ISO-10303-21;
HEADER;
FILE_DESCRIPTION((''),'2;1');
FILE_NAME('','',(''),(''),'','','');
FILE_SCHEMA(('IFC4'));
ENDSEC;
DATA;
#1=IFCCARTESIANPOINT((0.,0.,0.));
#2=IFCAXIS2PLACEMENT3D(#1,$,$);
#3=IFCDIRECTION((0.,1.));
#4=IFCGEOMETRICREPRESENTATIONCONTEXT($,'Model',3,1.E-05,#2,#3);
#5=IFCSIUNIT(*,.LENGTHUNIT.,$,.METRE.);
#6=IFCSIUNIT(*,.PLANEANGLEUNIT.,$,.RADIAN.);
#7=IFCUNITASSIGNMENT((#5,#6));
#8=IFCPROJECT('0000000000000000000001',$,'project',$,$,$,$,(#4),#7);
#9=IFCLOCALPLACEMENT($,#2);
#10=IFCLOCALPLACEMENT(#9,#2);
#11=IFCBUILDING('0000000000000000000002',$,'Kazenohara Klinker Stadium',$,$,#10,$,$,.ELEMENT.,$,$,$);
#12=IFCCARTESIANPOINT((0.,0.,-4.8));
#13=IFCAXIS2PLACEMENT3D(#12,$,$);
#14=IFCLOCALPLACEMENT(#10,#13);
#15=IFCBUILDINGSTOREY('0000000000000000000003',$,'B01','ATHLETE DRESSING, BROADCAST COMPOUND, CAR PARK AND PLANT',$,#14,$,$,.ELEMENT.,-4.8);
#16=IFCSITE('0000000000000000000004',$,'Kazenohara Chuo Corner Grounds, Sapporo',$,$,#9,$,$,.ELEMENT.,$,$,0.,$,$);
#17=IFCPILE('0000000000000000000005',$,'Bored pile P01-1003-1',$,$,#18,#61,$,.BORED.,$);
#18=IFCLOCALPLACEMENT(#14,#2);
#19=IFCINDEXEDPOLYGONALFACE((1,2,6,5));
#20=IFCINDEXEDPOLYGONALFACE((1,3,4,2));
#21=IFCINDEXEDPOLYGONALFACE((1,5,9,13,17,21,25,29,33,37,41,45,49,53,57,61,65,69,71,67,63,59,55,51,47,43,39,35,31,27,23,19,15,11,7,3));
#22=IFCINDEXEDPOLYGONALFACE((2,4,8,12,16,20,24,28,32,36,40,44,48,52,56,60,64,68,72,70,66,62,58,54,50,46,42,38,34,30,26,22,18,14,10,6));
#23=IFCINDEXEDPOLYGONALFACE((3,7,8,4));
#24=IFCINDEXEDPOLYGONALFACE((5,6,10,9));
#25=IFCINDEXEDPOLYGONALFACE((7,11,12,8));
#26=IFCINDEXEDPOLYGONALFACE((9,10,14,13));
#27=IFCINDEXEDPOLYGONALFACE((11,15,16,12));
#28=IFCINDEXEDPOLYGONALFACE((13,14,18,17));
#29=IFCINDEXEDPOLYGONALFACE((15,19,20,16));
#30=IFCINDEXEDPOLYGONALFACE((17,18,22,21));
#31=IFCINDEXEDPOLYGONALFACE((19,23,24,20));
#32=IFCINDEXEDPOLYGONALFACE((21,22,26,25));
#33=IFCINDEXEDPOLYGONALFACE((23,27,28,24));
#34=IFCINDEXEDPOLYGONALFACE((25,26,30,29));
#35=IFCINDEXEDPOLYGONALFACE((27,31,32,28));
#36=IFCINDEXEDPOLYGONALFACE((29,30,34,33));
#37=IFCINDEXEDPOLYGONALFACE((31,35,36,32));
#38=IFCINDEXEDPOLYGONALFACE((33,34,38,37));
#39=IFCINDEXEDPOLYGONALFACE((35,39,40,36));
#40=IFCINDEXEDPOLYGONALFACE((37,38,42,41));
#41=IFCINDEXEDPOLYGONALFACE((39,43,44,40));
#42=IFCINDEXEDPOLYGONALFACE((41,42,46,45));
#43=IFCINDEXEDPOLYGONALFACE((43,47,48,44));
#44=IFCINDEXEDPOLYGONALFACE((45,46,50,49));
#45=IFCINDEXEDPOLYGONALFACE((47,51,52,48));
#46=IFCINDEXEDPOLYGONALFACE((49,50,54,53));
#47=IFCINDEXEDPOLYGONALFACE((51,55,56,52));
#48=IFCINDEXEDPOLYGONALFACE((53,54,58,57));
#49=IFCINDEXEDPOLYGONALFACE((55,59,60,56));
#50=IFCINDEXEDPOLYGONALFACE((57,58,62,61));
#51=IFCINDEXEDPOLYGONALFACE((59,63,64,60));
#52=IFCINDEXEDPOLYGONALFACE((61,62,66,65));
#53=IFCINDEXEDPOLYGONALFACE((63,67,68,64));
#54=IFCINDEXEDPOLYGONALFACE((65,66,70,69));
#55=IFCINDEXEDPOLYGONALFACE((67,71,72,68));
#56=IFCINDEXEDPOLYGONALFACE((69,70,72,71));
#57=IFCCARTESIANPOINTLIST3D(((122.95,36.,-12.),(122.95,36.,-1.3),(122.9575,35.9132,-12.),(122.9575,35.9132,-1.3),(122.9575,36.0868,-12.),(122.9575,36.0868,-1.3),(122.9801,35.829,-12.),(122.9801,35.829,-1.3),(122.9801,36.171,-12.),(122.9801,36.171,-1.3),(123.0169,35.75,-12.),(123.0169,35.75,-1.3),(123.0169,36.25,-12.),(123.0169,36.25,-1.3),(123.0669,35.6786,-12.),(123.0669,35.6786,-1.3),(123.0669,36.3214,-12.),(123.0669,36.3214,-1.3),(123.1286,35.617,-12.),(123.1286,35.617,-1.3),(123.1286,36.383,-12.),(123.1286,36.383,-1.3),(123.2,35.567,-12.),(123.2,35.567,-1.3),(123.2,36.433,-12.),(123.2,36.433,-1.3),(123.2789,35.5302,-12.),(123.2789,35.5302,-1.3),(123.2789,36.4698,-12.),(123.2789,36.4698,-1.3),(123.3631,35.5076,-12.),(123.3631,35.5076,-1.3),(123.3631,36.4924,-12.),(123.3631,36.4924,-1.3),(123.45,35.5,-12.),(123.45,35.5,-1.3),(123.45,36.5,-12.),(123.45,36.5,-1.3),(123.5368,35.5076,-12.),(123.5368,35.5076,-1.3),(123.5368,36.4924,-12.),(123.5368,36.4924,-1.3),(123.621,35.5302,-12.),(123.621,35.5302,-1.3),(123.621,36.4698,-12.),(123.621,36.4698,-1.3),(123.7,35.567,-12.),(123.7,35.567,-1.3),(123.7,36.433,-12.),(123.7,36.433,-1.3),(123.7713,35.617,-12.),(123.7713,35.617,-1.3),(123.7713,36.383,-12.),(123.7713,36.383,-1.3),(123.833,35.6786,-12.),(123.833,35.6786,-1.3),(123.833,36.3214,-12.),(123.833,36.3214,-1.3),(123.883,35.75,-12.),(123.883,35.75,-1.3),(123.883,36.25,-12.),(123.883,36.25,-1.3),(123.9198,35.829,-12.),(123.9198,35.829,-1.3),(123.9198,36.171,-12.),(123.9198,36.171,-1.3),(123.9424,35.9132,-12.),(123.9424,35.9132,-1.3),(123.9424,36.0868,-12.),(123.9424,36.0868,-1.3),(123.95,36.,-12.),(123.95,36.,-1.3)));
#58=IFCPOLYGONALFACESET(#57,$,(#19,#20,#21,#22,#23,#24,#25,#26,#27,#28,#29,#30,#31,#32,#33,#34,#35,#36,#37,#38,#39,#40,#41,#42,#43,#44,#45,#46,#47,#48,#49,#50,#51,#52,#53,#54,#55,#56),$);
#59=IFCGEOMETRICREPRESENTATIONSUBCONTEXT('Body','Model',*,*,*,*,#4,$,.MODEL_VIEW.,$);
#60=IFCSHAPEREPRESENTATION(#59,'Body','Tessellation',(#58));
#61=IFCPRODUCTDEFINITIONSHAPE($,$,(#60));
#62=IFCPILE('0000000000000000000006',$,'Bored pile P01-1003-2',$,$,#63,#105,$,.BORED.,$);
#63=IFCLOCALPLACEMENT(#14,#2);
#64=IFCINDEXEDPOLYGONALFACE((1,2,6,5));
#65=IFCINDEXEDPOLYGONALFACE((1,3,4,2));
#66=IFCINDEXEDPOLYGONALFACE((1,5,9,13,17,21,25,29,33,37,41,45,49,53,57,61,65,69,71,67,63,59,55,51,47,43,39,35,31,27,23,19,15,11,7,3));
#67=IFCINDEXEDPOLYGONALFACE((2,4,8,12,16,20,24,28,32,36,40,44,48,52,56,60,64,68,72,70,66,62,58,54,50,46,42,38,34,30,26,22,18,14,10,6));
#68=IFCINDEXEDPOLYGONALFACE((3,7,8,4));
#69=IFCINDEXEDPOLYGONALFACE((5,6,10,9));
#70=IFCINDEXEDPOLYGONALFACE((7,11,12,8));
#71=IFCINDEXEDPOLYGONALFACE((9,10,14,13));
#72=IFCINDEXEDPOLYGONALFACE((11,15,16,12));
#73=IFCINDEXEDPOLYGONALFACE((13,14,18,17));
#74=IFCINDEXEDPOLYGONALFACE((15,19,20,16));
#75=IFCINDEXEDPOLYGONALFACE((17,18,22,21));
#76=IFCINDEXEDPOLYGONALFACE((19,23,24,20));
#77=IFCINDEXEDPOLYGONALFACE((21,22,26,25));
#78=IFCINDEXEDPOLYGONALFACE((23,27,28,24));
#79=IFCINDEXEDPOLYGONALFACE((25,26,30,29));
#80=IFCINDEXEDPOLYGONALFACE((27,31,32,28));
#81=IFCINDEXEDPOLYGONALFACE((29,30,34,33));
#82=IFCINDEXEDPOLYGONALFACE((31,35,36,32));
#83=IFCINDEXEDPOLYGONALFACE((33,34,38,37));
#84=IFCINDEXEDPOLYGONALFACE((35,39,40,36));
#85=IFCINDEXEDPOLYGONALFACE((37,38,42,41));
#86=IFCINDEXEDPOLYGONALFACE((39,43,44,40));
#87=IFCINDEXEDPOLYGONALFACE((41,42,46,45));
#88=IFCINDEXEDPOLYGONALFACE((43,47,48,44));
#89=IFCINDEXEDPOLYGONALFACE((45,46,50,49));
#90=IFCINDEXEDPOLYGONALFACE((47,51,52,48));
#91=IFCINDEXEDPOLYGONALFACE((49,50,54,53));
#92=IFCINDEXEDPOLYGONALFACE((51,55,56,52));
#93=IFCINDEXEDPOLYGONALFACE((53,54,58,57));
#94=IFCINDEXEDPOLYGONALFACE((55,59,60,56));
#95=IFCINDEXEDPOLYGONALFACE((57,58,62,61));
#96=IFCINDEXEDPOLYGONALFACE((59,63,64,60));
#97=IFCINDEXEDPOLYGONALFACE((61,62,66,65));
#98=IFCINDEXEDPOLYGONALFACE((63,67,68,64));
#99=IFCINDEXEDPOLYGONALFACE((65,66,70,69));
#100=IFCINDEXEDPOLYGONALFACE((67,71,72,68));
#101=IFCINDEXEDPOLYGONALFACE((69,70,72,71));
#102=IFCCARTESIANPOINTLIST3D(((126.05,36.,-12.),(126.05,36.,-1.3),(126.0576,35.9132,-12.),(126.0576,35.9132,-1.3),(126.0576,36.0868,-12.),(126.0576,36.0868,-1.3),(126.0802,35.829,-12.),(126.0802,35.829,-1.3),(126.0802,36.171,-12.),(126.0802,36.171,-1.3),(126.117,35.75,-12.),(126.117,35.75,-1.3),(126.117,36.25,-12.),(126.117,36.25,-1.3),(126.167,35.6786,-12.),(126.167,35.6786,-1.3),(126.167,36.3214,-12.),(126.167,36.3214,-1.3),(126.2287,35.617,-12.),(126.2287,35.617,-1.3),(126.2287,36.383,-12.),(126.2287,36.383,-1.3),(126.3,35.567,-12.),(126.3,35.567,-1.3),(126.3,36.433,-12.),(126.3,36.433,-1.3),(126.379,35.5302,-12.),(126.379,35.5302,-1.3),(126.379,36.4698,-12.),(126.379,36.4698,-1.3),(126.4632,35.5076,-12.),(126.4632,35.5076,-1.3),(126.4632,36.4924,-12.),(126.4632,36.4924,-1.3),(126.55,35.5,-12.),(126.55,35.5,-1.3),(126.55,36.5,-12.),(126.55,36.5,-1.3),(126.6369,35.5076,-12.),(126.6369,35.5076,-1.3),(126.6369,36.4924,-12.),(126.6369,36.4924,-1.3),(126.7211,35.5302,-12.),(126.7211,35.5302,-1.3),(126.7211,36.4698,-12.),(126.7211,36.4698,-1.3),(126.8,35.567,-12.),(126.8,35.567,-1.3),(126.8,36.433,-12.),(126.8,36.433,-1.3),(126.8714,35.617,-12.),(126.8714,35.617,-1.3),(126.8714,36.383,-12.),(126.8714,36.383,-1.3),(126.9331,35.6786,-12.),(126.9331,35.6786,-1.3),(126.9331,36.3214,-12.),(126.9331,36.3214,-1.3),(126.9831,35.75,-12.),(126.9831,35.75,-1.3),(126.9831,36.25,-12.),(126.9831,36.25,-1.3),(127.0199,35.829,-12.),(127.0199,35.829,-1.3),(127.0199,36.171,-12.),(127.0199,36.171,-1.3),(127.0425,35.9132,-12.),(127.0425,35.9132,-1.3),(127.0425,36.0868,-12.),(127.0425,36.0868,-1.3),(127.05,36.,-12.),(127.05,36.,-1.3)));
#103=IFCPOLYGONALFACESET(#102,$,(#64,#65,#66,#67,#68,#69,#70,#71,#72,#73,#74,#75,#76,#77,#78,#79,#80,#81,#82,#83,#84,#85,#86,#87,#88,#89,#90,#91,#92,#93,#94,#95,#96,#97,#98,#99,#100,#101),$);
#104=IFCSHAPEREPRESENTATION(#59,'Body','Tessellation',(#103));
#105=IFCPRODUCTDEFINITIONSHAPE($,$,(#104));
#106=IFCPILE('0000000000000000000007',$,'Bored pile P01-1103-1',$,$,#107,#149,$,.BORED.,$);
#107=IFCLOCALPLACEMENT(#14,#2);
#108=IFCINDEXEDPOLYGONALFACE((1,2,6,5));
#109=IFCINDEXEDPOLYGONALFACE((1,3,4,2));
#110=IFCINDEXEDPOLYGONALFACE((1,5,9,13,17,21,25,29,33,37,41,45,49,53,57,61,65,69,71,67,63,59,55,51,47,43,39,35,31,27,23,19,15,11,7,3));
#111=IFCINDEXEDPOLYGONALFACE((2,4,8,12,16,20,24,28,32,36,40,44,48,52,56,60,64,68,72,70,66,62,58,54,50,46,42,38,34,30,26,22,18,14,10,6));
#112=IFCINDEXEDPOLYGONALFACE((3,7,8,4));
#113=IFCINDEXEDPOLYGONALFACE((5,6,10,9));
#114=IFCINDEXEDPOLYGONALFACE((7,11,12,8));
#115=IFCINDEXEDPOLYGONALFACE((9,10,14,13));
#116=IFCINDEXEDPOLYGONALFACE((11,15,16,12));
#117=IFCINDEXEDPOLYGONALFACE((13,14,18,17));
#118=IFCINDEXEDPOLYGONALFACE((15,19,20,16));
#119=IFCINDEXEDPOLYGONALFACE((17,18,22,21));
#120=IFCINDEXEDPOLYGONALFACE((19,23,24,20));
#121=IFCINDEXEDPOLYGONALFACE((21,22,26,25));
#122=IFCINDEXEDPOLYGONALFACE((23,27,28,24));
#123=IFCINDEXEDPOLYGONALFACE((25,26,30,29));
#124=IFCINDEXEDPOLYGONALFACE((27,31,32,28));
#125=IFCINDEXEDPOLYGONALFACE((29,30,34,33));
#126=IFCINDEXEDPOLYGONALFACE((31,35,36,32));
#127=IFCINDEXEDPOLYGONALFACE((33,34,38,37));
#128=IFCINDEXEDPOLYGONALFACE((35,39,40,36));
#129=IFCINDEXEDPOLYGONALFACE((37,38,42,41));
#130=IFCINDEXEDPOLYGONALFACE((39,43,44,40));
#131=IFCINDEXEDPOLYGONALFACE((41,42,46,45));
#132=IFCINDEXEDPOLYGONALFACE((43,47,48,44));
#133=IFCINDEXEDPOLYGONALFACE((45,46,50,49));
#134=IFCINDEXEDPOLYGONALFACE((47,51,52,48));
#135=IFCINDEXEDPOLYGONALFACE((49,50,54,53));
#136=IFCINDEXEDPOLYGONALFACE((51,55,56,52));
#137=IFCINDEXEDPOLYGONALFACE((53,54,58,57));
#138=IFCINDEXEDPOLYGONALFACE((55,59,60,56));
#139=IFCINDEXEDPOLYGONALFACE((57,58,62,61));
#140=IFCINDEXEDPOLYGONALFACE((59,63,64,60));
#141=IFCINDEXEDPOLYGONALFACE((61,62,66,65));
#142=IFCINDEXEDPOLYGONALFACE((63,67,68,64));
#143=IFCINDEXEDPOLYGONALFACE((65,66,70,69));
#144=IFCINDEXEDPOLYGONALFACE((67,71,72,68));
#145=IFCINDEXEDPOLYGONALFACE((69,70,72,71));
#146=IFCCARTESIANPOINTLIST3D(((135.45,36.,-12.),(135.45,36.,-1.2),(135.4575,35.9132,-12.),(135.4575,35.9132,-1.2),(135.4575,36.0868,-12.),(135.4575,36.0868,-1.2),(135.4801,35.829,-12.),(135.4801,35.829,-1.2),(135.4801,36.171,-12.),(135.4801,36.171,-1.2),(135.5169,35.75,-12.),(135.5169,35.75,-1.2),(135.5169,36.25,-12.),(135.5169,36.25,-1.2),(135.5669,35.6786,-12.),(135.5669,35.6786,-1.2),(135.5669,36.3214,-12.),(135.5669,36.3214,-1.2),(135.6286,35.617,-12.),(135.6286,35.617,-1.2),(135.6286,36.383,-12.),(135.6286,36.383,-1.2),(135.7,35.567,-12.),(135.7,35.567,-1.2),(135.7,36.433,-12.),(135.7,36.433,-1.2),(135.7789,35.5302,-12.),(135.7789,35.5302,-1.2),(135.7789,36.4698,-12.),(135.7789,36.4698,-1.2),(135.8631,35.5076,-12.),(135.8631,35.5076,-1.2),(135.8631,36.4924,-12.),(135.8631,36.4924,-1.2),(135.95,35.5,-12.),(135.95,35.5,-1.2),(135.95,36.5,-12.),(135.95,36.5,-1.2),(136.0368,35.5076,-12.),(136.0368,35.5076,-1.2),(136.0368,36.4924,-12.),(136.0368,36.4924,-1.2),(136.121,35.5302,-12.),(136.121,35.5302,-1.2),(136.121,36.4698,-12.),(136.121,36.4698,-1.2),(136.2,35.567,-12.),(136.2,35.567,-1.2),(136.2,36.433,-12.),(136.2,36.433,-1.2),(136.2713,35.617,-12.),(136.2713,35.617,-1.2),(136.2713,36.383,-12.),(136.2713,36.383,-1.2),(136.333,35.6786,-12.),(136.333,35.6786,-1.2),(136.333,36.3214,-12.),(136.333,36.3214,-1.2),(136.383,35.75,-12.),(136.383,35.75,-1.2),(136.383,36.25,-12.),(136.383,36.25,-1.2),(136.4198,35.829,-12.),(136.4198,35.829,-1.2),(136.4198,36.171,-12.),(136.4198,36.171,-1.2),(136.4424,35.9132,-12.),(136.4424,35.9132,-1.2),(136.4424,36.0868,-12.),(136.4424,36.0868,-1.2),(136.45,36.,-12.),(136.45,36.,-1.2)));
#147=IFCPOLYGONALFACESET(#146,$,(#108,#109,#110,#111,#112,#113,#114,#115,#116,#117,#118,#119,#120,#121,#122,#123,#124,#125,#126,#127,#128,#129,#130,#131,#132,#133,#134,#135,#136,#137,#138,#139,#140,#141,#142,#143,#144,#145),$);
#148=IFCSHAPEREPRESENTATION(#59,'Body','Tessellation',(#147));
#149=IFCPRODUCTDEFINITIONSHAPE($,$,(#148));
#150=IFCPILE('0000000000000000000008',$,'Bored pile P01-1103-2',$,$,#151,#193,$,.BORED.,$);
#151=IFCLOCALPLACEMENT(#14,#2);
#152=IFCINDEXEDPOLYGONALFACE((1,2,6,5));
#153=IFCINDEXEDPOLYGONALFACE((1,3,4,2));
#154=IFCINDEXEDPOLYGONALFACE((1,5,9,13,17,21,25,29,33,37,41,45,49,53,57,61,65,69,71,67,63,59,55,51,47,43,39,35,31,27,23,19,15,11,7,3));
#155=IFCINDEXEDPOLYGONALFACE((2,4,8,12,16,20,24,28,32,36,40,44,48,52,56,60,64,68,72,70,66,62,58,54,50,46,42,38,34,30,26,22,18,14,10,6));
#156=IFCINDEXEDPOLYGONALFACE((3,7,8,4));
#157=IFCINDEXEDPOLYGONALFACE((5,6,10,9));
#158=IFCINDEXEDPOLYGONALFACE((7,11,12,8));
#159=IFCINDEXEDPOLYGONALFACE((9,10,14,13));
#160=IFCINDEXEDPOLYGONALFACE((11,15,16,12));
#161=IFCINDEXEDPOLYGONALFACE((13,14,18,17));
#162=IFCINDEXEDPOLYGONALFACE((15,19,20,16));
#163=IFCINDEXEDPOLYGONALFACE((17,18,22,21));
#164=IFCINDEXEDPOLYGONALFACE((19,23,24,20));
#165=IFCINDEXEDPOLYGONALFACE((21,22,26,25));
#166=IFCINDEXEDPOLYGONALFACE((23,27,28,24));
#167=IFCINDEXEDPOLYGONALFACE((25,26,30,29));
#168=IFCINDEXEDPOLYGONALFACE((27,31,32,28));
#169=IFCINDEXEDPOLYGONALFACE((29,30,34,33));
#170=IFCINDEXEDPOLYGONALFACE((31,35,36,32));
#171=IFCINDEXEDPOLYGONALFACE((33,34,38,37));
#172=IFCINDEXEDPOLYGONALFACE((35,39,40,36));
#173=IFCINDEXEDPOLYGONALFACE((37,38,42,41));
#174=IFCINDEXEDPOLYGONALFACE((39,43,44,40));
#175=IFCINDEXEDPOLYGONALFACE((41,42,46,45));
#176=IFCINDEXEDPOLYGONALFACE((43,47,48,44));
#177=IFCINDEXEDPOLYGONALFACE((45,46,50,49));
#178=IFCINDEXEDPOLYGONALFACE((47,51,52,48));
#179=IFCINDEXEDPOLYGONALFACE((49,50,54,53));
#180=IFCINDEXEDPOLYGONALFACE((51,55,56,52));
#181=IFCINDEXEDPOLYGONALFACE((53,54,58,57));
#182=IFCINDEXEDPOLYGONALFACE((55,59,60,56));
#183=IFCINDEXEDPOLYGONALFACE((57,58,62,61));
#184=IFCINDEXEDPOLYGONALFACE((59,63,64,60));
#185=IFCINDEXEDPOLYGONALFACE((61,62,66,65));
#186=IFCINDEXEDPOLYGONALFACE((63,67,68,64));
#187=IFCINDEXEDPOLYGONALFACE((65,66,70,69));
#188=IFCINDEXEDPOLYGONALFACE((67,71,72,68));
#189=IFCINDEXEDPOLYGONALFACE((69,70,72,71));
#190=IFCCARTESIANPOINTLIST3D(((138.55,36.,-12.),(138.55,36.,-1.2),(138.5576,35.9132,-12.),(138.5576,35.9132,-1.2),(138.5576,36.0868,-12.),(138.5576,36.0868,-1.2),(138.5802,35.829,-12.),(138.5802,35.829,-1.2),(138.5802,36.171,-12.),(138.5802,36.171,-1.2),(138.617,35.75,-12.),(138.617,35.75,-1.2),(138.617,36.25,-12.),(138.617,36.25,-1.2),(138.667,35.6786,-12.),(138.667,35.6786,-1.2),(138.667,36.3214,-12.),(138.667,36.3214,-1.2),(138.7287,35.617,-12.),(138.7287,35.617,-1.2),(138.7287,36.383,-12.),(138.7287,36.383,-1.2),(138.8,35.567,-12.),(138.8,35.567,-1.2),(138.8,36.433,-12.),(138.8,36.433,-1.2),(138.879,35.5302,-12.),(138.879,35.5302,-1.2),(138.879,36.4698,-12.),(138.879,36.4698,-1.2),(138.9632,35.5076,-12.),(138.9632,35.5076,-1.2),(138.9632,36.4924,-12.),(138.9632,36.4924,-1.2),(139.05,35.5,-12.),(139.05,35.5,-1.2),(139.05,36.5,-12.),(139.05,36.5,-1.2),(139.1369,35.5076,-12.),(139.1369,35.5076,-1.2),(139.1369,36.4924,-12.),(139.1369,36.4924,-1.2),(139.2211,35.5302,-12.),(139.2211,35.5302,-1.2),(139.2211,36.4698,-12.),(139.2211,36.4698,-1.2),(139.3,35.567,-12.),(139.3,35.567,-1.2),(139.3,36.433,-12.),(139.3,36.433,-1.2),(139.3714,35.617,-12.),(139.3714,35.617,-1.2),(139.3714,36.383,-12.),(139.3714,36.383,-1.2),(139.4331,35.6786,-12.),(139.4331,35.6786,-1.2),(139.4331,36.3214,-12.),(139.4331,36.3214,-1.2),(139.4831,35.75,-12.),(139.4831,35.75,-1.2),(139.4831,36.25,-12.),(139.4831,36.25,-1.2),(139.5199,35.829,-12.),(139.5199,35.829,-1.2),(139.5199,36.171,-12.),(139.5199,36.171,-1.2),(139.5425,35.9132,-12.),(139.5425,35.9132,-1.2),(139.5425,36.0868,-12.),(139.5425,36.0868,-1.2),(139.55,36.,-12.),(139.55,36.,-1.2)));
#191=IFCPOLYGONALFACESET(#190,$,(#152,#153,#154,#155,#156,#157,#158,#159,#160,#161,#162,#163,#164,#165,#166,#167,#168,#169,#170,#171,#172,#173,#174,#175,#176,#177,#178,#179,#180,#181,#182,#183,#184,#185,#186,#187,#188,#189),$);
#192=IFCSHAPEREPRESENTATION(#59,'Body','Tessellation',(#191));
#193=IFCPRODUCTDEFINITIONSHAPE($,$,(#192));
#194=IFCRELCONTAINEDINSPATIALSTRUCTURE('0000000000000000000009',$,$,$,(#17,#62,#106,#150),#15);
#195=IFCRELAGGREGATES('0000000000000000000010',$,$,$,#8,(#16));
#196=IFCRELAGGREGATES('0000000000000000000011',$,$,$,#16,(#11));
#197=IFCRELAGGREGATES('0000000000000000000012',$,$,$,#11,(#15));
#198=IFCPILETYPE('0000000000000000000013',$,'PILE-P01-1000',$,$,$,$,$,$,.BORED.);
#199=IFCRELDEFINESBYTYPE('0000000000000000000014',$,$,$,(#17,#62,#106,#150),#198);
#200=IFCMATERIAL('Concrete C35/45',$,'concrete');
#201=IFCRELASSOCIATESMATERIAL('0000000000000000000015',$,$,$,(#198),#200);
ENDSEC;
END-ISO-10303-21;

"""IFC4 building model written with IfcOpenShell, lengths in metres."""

from ifc_helpers import new_model, si_unit, direction, frame, origin, origin_2d, place, context, subcontext, project, spatial, circle, extrude, material, material_profile, profile_set, type_object, element, save


model = new_model("IFC4")

# Units and contexts
model_context = context("Model", 3, precision=1e-05, world=origin(), true_north=direction((0.0, 1.0)))
body_context = subcontext(model_context, "Body", "Model", "MODEL_VIEW")
ifc_project = project(units=[si_unit("LENGTHUNIT", "METRE"), si_unit("PLANEANGLEUNIT", "RADIAN")], contexts=[model_context])

# Site, building, storey
site_placement = place(None, origin())
site = spatial("IfcSite", under=ifc_project, at=site_placement, Name="Kazenohara Chuo Corner Grounds, Sapporo", CompositionType="ELEMENT", RefElevation=0.0)
building_placement = place(site_placement, origin())
building = spatial("IfcBuilding", under=site, at=building_placement, Name="Kazenohara Klinker Stadium", CompositionType="ELEMENT")
storey_placement = place(building_placement, frame((0.0, 0.0, -4.8)))
storey = spatial("IfcBuildingStorey", under=building, at=storey_placement, Name="B01", Description="ATHLETE DRESSING, BROADCAST COMPOUND, CAR PARK AND PLANT", CompositionType="ELEMENT", Elevation=-4.8)

# Shared definitions
ifc_material_1 = material(Name="Concrete C35/45", Category="concrete")

# Piles
ifc_material_profile_1 = material_profile(ifc_material_1, circle(Radius=0.5, at=origin_2d()), Name="BORED-PILE-1000")
ifc_profile_set_1 = profile_set([ifc_material_profile_1], Name="Concrete C35/45")
pile_type = type_object("IfcPileType", Name="PILE-P01-1000", PredefinedType="BORED", material=ifc_profile_set_1)
for number, where, z_axis, x_axis, name in (
    (1, (123.45, 36.0, -1.3), (0.0, 0.0, -1.0), (1.0, 0.0, 0.0), "Bored pile P01-1003-1"),
    (2, (126.55, 36.0, -1.3), (0.0, 0.0, -1.0), (1.0, 0.0, 0.0), "Bored pile P01-1003-2"),
):
    element("IfcPile", number, at=place(storey_placement, frame(where, z_axis=z_axis, x_axis=x_axis)), inside=storey, type_object=pile_type, Name=name, PredefinedType="BORED", context=body_context, shape_type="SweptSolid", body=[
        extrude(circle(Radius=0.5, at=origin_2d()), origin(), (0.0, 0.0, 1.0), 10.7),
    ])
for number, where, z_axis, x_axis, name in (
    (3, (135.95, 36.0, -1.2), (0.0, 0.0, -1.0), (1.0, 0.0, 0.0), "Bored pile P01-1103-1"),
    (4, (139.05, 36.0, -1.2), (0.0, 0.0, -1.0), (1.0, 0.0, 0.0), "Bored pile P01-1103-2"),
):
    element("IfcPile", number, at=place(storey_placement, frame(where, z_axis=z_axis, x_axis=x_axis)), inside=storey, type_object=pile_type, Name=name, PredefinedType="BORED", context=body_context, shape_type="SweptSolid", body=[
        extrude(circle(Radius=0.5, at=origin_2d()), origin(), (0.0, 0.0, 1.0), 10.8),
    ])

save(model, "model.ifc")
